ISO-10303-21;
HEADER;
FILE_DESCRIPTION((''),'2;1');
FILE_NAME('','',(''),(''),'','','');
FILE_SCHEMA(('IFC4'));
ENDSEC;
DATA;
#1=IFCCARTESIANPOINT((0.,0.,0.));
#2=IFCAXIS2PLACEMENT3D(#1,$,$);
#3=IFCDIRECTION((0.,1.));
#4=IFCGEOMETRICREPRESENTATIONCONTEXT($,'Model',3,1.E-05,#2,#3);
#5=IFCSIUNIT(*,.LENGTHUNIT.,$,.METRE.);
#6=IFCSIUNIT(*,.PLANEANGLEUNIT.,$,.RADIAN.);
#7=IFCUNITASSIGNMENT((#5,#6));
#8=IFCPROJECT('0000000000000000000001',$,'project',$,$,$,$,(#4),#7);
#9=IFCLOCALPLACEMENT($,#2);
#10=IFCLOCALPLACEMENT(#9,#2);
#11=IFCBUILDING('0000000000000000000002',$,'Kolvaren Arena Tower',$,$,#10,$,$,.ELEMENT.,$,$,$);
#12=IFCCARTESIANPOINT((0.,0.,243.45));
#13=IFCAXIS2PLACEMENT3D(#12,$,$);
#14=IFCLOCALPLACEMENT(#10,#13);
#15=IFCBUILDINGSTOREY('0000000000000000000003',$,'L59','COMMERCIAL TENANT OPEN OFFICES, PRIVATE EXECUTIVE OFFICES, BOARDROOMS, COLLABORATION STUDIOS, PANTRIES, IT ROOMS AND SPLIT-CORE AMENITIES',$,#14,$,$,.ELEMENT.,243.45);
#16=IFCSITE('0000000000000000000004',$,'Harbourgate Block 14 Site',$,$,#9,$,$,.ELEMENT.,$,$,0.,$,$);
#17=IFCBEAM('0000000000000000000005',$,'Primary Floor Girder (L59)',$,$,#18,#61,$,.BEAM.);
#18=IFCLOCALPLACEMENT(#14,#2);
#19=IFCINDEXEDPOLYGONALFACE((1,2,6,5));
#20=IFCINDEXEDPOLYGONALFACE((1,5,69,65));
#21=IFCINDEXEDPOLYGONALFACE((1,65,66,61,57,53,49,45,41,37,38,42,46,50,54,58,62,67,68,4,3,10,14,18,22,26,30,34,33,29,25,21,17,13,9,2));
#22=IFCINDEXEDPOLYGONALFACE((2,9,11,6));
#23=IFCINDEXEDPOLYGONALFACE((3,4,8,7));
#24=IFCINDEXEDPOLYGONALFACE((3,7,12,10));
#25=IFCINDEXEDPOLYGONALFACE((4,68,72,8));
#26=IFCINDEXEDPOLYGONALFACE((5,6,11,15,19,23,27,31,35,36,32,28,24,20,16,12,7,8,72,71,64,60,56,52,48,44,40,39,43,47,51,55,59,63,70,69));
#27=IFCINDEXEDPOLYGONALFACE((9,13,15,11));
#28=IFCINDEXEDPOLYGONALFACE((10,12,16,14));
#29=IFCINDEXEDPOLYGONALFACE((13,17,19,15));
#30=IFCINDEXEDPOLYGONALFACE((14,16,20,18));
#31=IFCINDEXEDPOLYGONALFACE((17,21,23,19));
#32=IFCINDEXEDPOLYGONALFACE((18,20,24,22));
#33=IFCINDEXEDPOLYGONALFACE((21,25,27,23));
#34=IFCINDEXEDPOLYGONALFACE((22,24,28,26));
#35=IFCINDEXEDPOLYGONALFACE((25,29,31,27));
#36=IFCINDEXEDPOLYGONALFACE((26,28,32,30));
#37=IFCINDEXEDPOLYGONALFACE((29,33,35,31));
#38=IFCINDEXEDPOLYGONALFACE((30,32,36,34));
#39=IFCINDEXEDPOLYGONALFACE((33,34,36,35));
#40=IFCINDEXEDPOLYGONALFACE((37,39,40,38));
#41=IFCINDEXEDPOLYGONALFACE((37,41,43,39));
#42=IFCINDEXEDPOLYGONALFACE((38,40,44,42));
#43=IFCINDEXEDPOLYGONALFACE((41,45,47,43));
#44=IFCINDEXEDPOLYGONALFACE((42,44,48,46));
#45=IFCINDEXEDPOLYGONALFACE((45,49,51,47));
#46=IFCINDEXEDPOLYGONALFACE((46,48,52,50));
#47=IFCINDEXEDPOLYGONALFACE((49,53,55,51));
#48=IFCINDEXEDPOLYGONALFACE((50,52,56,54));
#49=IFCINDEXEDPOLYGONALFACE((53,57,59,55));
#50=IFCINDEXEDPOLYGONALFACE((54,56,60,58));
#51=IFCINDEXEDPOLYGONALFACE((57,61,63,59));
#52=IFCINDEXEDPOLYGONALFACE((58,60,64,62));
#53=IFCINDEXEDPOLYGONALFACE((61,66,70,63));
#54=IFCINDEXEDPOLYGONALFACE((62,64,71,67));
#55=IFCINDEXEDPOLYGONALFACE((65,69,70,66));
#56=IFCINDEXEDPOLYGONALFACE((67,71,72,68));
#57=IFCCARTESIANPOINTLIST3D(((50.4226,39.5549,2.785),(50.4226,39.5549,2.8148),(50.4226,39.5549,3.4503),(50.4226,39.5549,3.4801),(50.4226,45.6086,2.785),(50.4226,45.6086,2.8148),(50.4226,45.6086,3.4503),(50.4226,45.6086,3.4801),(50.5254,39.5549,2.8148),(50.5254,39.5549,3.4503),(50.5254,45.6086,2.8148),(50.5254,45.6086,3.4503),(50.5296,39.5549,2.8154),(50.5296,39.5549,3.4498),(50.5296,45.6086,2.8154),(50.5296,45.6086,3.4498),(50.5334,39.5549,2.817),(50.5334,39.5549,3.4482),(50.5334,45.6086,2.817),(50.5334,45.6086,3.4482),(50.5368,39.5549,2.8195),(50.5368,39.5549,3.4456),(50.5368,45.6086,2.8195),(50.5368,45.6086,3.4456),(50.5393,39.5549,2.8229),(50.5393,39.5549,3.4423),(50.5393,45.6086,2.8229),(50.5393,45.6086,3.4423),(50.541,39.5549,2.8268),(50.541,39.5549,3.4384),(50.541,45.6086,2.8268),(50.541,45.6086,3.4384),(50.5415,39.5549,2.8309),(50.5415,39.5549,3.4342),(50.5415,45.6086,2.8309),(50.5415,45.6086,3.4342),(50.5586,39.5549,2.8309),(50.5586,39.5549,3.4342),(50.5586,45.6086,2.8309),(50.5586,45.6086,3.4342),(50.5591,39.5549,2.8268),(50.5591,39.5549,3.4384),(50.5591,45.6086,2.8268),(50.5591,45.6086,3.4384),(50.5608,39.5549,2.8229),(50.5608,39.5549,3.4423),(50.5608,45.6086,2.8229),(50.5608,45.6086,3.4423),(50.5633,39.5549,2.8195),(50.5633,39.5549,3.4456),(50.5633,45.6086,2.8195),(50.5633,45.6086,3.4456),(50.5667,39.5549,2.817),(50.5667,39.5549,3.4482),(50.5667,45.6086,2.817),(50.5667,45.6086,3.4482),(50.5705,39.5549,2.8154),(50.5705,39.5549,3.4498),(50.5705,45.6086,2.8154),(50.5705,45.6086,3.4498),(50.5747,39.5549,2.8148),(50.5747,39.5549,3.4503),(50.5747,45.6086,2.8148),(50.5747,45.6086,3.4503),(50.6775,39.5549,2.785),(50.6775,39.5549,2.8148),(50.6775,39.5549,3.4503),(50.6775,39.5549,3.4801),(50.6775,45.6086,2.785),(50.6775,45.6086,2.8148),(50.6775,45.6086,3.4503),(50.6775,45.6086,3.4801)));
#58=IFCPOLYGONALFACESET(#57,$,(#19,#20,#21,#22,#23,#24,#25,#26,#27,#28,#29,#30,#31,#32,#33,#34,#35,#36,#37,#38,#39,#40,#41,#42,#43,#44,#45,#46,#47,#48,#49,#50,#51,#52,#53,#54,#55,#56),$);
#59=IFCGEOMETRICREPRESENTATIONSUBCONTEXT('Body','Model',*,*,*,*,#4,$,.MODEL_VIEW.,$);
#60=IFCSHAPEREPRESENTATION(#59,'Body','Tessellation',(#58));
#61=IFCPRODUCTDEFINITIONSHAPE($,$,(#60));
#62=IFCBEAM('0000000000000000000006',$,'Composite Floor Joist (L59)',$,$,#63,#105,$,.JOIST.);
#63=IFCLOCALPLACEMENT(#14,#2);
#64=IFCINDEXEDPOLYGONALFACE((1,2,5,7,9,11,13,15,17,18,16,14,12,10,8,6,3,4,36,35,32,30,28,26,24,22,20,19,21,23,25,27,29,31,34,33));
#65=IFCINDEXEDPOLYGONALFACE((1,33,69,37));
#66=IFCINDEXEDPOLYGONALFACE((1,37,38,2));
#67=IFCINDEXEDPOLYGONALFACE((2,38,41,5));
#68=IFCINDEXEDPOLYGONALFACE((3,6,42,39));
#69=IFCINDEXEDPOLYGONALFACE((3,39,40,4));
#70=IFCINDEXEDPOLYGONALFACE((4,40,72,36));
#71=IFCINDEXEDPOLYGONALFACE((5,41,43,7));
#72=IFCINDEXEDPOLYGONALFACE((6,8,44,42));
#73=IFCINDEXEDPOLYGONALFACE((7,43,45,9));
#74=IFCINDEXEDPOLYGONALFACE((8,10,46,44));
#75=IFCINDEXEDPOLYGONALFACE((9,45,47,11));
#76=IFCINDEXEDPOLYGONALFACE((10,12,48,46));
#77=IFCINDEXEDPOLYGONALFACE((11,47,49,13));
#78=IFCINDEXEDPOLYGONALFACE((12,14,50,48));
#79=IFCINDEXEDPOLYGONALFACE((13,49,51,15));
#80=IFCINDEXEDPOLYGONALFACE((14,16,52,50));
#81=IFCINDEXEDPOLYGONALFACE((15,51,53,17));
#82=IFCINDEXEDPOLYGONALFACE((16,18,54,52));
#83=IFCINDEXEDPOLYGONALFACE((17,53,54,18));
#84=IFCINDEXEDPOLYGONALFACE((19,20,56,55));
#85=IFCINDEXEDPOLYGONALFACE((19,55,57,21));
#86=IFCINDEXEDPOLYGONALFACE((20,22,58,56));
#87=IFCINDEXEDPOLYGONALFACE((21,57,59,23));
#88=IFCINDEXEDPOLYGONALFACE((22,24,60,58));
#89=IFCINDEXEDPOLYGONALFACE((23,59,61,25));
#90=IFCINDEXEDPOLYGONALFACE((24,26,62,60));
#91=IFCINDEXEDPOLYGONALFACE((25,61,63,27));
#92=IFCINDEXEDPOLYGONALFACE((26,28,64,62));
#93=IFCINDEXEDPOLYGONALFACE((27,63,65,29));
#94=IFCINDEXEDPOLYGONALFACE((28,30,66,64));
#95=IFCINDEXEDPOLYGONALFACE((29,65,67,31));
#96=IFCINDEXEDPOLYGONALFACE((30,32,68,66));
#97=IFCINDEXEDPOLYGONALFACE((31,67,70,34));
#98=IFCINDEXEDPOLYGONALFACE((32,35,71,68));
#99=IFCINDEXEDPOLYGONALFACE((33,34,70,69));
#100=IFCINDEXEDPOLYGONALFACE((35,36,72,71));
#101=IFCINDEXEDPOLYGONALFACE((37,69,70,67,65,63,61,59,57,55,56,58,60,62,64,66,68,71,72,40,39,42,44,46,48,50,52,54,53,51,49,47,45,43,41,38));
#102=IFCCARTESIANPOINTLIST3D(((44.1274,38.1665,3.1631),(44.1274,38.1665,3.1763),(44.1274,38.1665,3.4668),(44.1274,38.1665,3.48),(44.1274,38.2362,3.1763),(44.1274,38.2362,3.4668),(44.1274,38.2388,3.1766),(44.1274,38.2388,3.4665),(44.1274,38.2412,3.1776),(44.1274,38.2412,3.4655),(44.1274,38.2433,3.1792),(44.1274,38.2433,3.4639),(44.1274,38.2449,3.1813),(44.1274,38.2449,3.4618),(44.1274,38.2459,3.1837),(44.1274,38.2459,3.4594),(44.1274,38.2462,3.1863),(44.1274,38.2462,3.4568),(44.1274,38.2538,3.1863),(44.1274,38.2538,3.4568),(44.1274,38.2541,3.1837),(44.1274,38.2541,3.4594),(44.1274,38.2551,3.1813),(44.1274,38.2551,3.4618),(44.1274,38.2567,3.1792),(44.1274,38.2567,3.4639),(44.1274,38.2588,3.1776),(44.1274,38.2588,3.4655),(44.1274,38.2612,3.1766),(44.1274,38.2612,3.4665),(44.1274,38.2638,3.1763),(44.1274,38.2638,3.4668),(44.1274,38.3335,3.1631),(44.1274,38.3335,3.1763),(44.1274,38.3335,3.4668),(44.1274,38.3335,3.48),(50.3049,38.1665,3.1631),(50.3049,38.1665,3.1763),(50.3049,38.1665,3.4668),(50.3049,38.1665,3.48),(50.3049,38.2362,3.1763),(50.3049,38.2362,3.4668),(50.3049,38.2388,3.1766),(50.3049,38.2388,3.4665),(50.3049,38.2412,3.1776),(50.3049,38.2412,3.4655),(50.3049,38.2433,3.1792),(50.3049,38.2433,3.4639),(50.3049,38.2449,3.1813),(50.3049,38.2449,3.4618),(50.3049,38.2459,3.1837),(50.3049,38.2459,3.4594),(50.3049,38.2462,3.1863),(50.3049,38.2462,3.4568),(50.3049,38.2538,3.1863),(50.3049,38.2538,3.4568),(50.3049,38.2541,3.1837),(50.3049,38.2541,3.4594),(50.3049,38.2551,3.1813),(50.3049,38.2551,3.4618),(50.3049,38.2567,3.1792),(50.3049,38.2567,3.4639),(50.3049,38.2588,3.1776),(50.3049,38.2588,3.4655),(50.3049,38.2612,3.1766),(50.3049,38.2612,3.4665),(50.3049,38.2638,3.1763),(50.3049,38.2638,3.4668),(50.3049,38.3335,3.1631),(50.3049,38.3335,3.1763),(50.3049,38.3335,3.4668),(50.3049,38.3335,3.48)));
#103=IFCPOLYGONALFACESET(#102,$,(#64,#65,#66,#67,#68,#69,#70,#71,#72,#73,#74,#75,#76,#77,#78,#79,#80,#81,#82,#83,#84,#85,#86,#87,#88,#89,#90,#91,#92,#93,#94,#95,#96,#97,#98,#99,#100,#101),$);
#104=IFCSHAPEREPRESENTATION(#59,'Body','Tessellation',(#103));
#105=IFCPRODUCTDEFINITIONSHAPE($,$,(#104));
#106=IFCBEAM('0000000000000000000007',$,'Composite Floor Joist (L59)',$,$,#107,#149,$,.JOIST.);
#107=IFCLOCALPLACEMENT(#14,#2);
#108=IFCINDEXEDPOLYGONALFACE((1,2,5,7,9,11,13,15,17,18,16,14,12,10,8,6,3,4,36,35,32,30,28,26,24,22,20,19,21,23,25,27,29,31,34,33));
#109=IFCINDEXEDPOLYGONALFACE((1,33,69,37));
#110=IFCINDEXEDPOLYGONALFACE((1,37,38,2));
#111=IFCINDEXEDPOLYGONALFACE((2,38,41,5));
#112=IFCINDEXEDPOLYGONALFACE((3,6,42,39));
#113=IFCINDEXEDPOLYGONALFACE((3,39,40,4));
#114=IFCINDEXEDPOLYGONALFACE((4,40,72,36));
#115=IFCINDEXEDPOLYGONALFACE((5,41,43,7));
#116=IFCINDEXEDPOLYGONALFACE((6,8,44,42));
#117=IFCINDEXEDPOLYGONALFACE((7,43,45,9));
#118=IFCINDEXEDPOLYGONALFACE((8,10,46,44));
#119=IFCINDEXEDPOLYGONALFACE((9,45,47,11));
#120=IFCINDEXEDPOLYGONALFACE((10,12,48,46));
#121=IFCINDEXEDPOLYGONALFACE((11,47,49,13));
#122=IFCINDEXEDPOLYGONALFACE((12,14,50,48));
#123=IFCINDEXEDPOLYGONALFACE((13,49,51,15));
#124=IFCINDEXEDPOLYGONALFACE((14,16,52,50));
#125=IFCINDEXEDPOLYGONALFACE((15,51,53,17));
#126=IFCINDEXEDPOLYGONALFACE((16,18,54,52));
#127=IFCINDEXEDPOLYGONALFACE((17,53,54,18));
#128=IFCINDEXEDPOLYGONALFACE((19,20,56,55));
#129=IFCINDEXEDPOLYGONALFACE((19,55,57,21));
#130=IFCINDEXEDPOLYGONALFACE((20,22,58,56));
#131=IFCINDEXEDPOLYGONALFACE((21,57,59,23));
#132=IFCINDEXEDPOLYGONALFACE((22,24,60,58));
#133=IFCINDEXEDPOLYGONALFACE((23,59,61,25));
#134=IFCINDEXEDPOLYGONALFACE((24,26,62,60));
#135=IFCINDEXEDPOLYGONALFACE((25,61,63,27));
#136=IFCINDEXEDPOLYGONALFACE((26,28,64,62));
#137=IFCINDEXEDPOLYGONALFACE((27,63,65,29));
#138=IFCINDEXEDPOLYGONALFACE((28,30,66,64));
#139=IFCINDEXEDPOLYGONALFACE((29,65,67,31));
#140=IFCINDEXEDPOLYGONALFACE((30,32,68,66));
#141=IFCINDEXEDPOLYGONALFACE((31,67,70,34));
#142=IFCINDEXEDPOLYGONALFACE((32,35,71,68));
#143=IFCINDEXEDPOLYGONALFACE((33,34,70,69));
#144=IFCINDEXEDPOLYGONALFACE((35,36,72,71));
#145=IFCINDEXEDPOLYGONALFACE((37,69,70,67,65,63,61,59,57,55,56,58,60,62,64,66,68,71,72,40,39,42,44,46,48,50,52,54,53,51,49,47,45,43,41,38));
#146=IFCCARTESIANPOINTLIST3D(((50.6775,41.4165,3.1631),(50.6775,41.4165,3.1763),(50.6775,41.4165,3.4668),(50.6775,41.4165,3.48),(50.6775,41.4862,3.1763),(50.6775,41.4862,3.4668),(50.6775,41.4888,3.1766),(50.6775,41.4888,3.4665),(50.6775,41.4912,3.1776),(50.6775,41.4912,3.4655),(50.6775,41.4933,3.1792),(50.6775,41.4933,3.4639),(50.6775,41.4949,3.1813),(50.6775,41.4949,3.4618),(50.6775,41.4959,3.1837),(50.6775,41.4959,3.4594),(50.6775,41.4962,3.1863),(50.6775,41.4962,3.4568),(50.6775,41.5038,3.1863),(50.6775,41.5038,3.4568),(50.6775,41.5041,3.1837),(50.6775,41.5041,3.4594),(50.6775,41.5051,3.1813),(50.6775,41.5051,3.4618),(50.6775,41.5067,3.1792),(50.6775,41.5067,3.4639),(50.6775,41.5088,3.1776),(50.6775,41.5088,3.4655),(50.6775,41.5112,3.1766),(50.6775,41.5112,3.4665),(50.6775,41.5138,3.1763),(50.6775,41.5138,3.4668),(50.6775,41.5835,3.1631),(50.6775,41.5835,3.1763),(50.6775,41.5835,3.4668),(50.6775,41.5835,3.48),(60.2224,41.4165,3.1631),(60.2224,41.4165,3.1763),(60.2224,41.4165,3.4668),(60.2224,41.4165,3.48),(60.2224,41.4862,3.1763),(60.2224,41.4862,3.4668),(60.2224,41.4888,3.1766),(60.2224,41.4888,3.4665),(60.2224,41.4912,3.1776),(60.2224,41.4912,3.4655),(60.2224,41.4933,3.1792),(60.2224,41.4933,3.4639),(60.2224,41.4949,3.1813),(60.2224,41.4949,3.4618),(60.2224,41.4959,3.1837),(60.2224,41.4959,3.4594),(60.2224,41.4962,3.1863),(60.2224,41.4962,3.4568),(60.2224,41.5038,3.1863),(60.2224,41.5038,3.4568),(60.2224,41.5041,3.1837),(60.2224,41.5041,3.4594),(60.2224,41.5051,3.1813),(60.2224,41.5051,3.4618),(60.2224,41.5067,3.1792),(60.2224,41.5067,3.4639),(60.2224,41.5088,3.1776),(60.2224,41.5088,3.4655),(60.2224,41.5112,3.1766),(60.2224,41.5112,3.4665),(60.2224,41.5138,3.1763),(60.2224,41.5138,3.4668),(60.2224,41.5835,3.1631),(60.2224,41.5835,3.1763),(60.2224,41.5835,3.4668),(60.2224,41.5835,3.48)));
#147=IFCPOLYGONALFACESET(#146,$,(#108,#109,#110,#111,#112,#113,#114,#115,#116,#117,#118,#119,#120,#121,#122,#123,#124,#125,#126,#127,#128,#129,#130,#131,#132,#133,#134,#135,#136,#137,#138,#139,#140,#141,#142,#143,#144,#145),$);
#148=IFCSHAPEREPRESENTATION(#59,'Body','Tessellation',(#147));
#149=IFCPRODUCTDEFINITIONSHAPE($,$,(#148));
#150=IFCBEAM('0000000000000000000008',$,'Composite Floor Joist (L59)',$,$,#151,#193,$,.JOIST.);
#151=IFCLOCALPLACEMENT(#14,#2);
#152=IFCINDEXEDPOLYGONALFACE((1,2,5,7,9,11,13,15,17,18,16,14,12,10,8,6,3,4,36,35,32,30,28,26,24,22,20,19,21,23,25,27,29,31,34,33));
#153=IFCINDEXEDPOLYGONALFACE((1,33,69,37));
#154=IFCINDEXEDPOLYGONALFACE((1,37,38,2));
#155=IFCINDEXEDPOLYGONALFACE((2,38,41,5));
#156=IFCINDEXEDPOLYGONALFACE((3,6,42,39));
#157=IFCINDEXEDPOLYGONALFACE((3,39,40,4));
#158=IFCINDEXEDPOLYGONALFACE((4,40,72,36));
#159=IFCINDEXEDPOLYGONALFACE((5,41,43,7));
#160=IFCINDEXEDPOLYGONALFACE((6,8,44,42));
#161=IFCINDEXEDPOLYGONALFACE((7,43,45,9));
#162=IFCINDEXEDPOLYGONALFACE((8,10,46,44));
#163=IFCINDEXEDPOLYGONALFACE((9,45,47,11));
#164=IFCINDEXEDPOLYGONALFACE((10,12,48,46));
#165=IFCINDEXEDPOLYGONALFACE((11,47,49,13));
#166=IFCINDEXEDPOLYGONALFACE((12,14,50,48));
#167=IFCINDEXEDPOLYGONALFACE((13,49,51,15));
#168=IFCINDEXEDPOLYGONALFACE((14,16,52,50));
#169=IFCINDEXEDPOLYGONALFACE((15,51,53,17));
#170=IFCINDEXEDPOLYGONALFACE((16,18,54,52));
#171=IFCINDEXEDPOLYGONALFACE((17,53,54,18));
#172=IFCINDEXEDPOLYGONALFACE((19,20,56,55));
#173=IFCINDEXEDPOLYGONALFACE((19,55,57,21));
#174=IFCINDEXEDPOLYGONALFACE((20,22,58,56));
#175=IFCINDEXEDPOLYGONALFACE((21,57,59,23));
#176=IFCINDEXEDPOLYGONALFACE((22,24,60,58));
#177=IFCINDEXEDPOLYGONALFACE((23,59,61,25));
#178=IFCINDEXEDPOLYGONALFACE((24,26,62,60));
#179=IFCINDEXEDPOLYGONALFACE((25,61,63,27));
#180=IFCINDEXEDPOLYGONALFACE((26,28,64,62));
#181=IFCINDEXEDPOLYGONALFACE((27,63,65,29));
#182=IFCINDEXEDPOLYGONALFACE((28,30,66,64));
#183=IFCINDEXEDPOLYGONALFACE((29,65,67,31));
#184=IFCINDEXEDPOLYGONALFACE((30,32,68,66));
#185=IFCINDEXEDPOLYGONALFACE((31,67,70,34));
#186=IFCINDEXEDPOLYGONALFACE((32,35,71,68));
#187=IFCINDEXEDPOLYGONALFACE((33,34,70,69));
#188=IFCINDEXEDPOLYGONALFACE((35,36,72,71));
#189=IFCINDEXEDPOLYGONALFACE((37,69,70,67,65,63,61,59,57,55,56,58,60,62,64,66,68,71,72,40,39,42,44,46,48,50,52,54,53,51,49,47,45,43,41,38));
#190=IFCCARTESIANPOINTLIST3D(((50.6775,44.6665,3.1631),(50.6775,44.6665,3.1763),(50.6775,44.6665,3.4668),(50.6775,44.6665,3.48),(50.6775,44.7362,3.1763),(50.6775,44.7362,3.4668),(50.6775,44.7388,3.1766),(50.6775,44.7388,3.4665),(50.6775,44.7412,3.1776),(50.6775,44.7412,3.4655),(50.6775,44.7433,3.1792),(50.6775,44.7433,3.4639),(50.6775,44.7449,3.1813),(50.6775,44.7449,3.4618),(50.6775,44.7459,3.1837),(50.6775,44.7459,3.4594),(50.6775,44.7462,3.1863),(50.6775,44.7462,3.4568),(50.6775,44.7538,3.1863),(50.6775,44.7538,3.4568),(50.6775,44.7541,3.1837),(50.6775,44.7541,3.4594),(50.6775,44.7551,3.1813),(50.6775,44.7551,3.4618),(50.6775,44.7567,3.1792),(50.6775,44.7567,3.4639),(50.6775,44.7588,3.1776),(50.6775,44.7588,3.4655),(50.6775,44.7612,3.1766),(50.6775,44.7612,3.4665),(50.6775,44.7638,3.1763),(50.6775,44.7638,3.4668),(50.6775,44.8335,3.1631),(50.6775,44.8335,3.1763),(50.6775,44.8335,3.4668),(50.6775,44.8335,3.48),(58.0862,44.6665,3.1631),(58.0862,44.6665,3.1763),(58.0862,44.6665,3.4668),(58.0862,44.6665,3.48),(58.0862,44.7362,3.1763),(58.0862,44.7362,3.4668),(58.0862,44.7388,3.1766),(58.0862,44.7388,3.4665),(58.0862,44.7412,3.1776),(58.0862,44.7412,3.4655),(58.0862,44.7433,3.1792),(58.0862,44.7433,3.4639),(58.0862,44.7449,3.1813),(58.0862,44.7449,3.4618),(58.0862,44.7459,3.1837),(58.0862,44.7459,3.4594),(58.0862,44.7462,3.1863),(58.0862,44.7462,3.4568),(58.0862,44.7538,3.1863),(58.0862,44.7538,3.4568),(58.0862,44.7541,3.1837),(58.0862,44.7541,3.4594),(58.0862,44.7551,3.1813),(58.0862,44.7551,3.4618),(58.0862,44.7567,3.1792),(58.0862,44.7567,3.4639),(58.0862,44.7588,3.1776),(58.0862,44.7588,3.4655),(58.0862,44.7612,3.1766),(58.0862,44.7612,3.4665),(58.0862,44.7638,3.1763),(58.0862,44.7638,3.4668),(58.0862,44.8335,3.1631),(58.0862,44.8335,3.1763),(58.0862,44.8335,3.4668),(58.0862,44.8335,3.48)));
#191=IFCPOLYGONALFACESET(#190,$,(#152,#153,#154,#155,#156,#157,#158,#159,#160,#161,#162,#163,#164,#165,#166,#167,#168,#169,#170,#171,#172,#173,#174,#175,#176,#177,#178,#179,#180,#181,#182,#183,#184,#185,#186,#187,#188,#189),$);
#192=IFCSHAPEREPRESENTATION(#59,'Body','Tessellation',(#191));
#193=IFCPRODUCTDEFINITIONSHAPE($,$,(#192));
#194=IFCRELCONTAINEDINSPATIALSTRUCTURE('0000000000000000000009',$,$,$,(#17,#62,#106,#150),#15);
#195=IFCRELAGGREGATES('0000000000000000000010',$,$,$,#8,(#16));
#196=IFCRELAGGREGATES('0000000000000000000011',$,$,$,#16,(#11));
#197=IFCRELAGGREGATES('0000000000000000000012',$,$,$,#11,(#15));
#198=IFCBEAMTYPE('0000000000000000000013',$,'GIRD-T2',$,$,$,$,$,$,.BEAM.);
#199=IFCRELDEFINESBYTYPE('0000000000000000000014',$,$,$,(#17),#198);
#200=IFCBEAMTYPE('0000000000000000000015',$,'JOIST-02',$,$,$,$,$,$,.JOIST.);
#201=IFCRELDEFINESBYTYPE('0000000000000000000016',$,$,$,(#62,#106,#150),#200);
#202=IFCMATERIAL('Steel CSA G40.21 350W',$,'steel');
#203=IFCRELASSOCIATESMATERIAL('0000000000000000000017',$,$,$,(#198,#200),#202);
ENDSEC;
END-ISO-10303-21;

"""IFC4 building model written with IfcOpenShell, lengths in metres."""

from ifc_helpers import new_model, si_unit, direction, frame, origin, origin_2d, place, context, subcontext, project, spatial, i_section, extrude, material, material_profile, profile_set, type_object, element, save


model = new_model("IFC4")

# Units and contexts
model_context = context("Model", 3, precision=1e-05, world=origin(), true_north=direction((0.0, 1.0)))
body_context = subcontext(model_context, "Body", "Model", "MODEL_VIEW")
ifc_project = project(units=[si_unit("LENGTHUNIT", "METRE"), si_unit("PLANEANGLEUNIT", "RADIAN")], contexts=[model_context])

# Site, building, storey
site_placement = place(None, origin())
site = spatial("IfcSite", under=ifc_project, at=site_placement, Name="Harbourgate Block 14 Site", CompositionType="ELEMENT", RefElevation=0.0)
building_placement = place(site_placement, origin())
building = spatial("IfcBuilding", under=site, at=building_placement, Name="Kolvaren Arena Tower", CompositionType="ELEMENT")
storey_placement = place(building_placement, frame((0.0, 0.0, 243.45)))
storey = spatial("IfcBuildingStorey", under=building, at=storey_placement, Name="L59", Description="COMMERCIAL TENANT OPEN OFFICES, PRIVATE EXECUTIVE OFFICES, BOARDROOMS, COLLABORATION STUDIOS, PANTRIES, IT ROOMS AND SPLIT-CORE AMENITIES", CompositionType="ELEMENT", Elevation=243.45)

# Beams
ifc_material_1 = material(Name="Steel CSA G40.21 350W", Category="steel")
ifc_material_profile_1 = material_profile(ifc_material_1, i_section(OverallWidth=0.2549, OverallDepth=0.6951, WebThickness=0.0171, FlangeThickness=0.0298, FilletRadius=0.0161, at=origin_2d()), Name="W690x217")
ifc_profile_set_1 = profile_set([ifc_material_profile_1], Name="Steel CSA G40.21 350W")
beam_type_1 = type_object("IfcBeamType", Name="GIRD-T2", PredefinedType="BEAM", material=ifc_profile_set_1)
beam_1_placement = place(storey_placement, frame((50.55, 39.5549, 3.1326), z_axis=(0.0, 1.0, 0.0), x_axis=(-1.0, 0.0, 0.0)))
element("IfcBeam", 1, at=beam_1_placement, inside=storey, type_object=beam_type_1, Name="Primary Floor Girder (L59)", PredefinedType="BEAM", context=body_context, shape_type="SweptSolid", body=[
    extrude(i_section(OverallWidth=0.2549, OverallDepth=0.6951, WebThickness=0.0171, FlangeThickness=0.0298, FilletRadius=0.0161, at=origin_2d()), origin(), (0.0, 0.0, 1.0), 6.0537),
])
ifc_material_profile_2 = material_profile(ifc_material_1, i_section(OverallWidth=0.167, OverallDepth=0.3169, WebThickness=0.0076, FlangeThickness=0.0132, FilletRadius=0.01, at=origin_2d()), Name="W310x52")
ifc_profile_set_2 = profile_set([ifc_material_profile_2], Name="Steel CSA G40.21 350W")
beam_type_2 = type_object("IfcBeamType", Name="JOIST-02", PredefinedType="JOIST", material=ifc_profile_set_2)
beam_2_placement = place(storey_placement, frame((44.1274, 38.25, 3.3215), z_axis=(1.0, 0.0, 0.0), x_axis=(0.0, 1.0, 0.0)))
element("IfcBeam", 2, at=beam_2_placement, inside=storey, type_object=beam_type_2, Name="Composite Floor Joist (L59)", PredefinedType="JOIST", context=body_context, shape_type="SweptSolid", body=[
    extrude(i_section(OverallWidth=0.167, OverallDepth=0.3169, WebThickness=0.0076, FlangeThickness=0.0132, FilletRadius=0.01, at=origin_2d()), origin(), (0.0, 0.0, 1.0), 6.1775),
])
beam_3_placement = place(storey_placement, frame((50.6775, 41.5, 3.3215), z_axis=(1.0, 0.0, 0.0), x_axis=(0.0, 1.0, 0.0)))
element("IfcBeam", 3, at=beam_3_placement, inside=storey, type_object=beam_type_2, Name="Composite Floor Joist (L59)", PredefinedType="JOIST", context=body_context, shape_type="SweptSolid", body=[
    extrude(i_section(OverallWidth=0.167, OverallDepth=0.3169, WebThickness=0.0076, FlangeThickness=0.0132, FilletRadius=0.01, at=origin_2d()), origin(), (0.0, 0.0, 1.0), 9.5449),
])
beam_4_placement = place(storey_placement, frame((50.6775, 44.75, 3.3215), z_axis=(1.0, 0.0, 0.0), x_axis=(0.0, 1.0, 0.0)))
element("IfcBeam", 4, at=beam_4_placement, inside=storey, type_object=beam_type_2, Name="Composite Floor Joist (L59)", PredefinedType="JOIST", context=body_context, shape_type="SweptSolid", body=[
    extrude(i_section(OverallWidth=0.167, OverallDepth=0.3169, WebThickness=0.0076, FlangeThickness=0.0132, FilletRadius=0.01, at=origin_2d()), origin(), (0.0, 0.0, 1.0), 7.4087),
])

save(model, "model.ifc")
